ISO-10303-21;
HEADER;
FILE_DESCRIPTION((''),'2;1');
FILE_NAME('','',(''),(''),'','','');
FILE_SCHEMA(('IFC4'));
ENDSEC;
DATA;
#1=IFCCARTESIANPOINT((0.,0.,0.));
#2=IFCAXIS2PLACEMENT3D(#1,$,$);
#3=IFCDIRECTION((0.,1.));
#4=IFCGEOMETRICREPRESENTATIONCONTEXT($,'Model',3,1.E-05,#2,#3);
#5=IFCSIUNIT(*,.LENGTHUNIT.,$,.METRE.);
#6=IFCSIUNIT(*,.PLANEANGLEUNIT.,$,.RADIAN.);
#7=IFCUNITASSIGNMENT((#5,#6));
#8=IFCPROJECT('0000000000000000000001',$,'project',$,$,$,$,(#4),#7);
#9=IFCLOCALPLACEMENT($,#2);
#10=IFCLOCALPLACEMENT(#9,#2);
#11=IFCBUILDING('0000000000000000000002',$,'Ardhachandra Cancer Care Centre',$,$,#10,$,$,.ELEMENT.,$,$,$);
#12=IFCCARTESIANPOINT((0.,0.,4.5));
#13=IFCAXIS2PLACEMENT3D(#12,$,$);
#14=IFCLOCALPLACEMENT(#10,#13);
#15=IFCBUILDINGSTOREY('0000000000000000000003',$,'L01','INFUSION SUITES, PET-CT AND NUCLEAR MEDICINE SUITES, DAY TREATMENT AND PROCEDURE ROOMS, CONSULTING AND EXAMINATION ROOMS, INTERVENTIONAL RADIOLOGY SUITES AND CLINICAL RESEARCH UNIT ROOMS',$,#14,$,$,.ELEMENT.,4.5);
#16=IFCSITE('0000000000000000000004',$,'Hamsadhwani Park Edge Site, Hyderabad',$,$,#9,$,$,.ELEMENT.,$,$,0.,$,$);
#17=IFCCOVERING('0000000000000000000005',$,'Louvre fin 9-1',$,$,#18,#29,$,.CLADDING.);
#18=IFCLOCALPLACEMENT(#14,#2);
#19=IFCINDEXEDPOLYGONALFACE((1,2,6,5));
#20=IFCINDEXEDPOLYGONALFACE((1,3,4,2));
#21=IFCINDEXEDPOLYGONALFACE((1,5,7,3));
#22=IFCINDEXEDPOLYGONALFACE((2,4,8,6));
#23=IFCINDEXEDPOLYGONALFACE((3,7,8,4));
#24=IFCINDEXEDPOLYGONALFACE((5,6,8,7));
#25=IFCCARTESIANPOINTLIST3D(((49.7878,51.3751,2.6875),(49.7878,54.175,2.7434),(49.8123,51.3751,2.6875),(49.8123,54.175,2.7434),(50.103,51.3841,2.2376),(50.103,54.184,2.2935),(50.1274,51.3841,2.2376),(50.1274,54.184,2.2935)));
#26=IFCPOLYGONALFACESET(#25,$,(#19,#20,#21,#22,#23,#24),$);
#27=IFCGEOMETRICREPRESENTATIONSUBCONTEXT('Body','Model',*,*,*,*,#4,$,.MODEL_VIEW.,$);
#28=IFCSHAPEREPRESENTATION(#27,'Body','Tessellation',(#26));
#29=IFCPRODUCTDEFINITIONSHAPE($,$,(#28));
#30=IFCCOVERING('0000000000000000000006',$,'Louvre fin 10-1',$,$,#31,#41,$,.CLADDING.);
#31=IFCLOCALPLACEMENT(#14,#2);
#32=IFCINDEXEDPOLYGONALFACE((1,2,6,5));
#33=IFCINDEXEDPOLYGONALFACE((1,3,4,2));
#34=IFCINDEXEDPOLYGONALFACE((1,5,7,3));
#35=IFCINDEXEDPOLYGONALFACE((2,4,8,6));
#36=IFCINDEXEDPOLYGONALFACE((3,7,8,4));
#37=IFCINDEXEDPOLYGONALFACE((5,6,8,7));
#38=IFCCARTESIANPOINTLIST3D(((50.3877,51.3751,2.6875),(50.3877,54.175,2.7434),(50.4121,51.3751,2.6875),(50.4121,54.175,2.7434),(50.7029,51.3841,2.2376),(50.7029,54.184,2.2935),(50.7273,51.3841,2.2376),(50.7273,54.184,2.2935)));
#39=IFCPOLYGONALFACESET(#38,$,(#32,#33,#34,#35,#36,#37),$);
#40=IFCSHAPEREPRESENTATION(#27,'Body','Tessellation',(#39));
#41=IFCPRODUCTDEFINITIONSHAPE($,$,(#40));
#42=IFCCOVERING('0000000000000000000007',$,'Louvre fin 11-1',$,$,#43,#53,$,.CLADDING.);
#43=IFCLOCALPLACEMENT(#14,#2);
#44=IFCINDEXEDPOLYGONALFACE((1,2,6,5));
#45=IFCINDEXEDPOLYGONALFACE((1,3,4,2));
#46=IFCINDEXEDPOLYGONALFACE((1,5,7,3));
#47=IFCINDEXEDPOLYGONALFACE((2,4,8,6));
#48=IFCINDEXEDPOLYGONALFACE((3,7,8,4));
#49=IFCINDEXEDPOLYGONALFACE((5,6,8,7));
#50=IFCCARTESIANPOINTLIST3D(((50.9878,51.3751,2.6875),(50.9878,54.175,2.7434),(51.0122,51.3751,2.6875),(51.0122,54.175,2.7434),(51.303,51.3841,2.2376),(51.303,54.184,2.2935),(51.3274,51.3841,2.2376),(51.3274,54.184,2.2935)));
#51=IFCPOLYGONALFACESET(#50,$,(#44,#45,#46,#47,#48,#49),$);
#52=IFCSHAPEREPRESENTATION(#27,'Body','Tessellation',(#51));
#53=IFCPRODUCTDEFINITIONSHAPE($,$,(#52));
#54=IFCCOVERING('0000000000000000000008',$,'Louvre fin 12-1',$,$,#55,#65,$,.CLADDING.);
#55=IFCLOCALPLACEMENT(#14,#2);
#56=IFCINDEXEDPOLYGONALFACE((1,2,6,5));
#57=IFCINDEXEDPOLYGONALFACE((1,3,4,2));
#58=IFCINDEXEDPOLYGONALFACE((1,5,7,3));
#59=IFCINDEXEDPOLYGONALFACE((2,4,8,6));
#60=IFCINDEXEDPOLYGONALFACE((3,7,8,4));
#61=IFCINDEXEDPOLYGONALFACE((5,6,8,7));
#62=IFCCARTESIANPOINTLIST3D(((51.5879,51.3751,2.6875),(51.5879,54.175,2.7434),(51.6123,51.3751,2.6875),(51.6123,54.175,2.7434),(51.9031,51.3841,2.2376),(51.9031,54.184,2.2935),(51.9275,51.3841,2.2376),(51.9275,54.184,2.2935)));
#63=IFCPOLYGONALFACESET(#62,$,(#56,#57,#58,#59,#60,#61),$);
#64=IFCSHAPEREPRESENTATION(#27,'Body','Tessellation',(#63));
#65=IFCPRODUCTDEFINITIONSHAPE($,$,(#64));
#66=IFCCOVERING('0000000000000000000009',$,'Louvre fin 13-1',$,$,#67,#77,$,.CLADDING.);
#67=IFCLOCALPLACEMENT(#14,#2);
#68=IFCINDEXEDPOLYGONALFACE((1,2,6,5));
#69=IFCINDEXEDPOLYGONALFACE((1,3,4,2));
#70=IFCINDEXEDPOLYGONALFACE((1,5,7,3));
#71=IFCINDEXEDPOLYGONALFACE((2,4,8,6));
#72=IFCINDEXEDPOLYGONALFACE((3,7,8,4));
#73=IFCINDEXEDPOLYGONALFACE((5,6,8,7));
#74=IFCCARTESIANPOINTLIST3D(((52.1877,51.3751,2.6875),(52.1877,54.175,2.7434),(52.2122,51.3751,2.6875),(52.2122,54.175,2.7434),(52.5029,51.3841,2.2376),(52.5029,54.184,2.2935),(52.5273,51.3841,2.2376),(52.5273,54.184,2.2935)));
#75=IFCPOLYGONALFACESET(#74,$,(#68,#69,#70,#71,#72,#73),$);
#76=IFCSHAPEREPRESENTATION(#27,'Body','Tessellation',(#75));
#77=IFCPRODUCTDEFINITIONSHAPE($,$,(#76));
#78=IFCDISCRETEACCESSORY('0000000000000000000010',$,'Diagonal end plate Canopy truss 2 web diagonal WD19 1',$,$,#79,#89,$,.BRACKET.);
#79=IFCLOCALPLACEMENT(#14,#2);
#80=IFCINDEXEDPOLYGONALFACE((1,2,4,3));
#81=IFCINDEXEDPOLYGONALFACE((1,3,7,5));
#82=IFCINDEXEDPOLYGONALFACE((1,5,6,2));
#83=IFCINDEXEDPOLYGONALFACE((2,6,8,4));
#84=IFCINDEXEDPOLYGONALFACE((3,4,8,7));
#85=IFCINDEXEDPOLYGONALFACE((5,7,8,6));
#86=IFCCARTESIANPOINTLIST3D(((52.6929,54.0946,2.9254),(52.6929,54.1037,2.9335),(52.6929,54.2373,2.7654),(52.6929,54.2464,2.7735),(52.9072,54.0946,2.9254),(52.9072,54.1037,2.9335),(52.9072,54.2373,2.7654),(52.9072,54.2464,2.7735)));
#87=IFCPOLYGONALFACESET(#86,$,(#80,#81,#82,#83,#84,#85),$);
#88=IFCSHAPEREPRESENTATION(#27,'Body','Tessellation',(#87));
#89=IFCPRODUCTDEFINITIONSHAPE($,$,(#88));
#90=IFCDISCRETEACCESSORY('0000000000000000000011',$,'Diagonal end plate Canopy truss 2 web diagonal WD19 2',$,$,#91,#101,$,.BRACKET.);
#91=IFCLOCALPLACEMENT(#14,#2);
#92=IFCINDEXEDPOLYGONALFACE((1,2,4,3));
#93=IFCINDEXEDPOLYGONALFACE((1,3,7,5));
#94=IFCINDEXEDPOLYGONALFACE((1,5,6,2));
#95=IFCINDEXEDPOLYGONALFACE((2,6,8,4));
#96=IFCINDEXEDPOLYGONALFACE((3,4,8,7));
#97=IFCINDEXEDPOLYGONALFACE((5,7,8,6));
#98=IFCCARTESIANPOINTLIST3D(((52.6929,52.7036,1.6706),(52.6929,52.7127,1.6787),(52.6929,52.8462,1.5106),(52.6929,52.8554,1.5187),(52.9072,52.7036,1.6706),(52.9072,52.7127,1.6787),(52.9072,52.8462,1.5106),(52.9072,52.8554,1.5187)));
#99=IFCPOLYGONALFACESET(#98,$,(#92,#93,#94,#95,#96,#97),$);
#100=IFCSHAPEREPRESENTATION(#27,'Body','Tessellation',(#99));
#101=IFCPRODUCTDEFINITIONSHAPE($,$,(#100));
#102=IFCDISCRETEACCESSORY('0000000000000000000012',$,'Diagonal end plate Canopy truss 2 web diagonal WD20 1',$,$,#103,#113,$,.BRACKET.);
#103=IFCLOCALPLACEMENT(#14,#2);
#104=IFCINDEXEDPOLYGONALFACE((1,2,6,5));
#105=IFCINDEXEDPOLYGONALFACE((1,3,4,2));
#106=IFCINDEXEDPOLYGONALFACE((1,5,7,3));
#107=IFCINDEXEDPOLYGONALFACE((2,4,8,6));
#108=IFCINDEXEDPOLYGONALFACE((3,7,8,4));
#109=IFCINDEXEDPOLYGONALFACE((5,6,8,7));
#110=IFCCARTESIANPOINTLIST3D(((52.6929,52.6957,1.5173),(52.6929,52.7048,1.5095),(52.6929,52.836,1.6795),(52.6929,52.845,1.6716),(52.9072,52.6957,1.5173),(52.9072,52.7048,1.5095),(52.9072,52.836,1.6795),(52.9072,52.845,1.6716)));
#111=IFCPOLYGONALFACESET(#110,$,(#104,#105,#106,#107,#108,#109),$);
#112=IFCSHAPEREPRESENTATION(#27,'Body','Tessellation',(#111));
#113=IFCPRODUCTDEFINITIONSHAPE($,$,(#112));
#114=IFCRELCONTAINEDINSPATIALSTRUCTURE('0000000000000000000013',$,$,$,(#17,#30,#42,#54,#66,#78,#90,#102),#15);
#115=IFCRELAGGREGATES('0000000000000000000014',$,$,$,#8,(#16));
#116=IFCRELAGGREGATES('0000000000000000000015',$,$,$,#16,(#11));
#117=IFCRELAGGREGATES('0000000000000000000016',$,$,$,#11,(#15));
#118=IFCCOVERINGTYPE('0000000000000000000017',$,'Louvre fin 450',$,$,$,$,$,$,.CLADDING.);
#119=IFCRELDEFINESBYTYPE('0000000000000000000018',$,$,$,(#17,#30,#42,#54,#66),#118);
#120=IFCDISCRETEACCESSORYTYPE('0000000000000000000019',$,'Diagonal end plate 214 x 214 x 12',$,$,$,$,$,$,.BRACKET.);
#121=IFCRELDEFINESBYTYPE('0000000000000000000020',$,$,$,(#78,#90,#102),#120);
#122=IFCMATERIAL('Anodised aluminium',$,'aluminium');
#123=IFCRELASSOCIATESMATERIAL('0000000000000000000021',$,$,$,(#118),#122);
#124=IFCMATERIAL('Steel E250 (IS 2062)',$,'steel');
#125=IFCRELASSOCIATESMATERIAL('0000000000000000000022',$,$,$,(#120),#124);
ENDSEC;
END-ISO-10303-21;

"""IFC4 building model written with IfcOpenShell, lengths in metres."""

from ifc_helpers import new_model, si_unit, direction, frame, origin, origin_2d, place, context, subcontext, project, spatial, polyline, rectangle, outline, extrude, material, material_profile, profile_set, type_object, element, save


model = new_model("IFC4")

# Units and contexts
model_context = context("Model", 3, precision=1e-05, world=origin(), true_north=direction((0.0, 1.0)))
body_context = subcontext(model_context, "Body", "Model", "MODEL_VIEW")
ifc_project = project(units=[si_unit("LENGTHUNIT", "METRE"), si_unit("PLANEANGLEUNIT", "RADIAN")], contexts=[model_context])

# Site, building, storey
site_placement = place(None, origin())
site = spatial("IfcSite", under=ifc_project, at=site_placement, Name="Hamsadhwani Park Edge Site, Hyderabad", CompositionType="ELEMENT", RefElevation=0.0)
building_placement = place(site_placement, origin())
building = spatial("IfcBuilding", under=site, at=building_placement, Name="Ardhachandra Cancer Care Centre", CompositionType="ELEMENT")
storey_placement = place(building_placement, frame((0.0, 0.0, 4.5)))
storey = spatial("IfcBuildingStorey", under=building, at=storey_placement, Name="L01", Description="INFUSION SUITES, PET-CT AND NUCLEAR MEDICINE SUITES, DAY TREATMENT AND PROCEDURE ROOMS, CONSULTING AND EXAMINATION ROOMS, INTERVENTIONAL RADIOLOGY SUITES AND CLINICAL RESEARCH UNIT ROOMS", CompositionType="ELEMENT", Elevation=4.5)

# Coverings
ifc_material_1 = material(Name="Anodised aluminium", Category="aluminium")
ifc_material_profile_1 = material_profile(ifc_material_1, outline(polyline([(-0.0122, 0.0), (0.0122, 0.0), (0.3274, -0.45), (0.303, -0.45), (-0.0122, 0.0)])), Name="Louvre fin 450")
ifc_profile_set_1 = profile_set([ifc_material_profile_1], Name="Anodised aluminium")
covering_type = type_object("IfcCoveringType", Name="Louvre fin 450", PredefinedType="CLADDING", material=ifc_profile_set_1)
for number, where, z_axis, x_axis, name in (
    (1, (49.8, 54.175, 2.7434), (0.0, -0.999801, -0.019963), (1.0, 0.0, 0.0), "Louvre fin 9-1"),
    (2, (50.3999, 54.175, 2.7434), (0.0, -0.999801, -0.019963), (1.0, 0.0, 0.0), "Louvre fin 10-1"),
    (3, (51.0, 54.175, 2.7434), (0.0, -0.999801, -0.019963), (1.0, 0.0, 0.0), "Louvre fin 11-1"),
    (4, (51.6001, 54.175, 2.7434), (0.0, -0.999801, -0.019963), (1.0, 0.0, 0.0), "Louvre fin 12-1"),
    (5, (52.2, 54.175, 2.7434), (0.0, -0.999801, -0.019963), (1.0, 0.0, 0.0), "Louvre fin 13-1"),
):
    element("IfcCovering", number, at=place(storey_placement, frame(where, z_axis=z_axis, x_axis=x_axis)), inside=storey, type_object=covering_type, Name=name, PredefinedType="CLADDING", context=body_context, shape_type="SweptSolid", body=[
        extrude(outline(polyline([(-0.0122, 0.0), (0.0122, 0.0), (0.3274, -0.45), (0.303, -0.45), (-0.0122, 0.0)])), origin(), (0.0, 0.0, 1.0), 2.8005),
    ])

# Discrete accessories
ifc_material_2 = material(Name="Steel E250 (IS 2062)", Category="steel")
ifc_material_profile_2 = material_profile(ifc_material_2, rectangle(XDim=0.2144, YDim=0.2144, at=origin_2d()), Name="PL 214x214x12")
ifc_profile_set_2 = profile_set([ifc_material_profile_2], Name="Steel E250 (IS 2062)")
discrete_accessory_type = type_object("IfcDiscreteAccessoryType", Name="Diagonal end plate 214 x 214 x 12", PredefinedType="BRACKET", material=ifc_profile_set_2)
for number, where, z_axis, x_axis, name in (
    (6, (52.8, 54.175, 2.8535), (0.0, -0.746295, -0.665615), (1.0, 0.0, 0.0), "Diagonal end plate Canopy truss 2 web diagonal WD19 1"),
    (7, (52.8, 52.7749, 1.5906), (0.0, 0.746295, 0.665615), (-1.0, 0.0, 0.0), "Diagonal end plate Canopy truss 2 web diagonal WD19 2"),
):
    element("IfcDiscreteAccessory", number, at=place(storey_placement, frame(where, z_axis=z_axis, x_axis=x_axis)), inside=storey, type_object=discrete_accessory_type, Name=name, PredefinedType="BRACKET", context=body_context, shape_type="SweptSolid", body=[
        extrude(rectangle(XDim=0.2144, YDim=0.2144, at=origin_2d()), origin(), (0.0, 0.0, 1.0), 0.0122),
    ])
discrete_accessory_placement = place(storey_placement, frame((52.8, 52.7749, 1.5906), z_axis=(0.0, -0.756363, 0.654152), x_axis=(1.0, 0.0, 0.0)))
element("IfcDiscreteAccessory", 8, at=discrete_accessory_placement, inside=storey, type_object=discrete_accessory_type, Name="Diagonal end plate Canopy truss 2 web diagonal WD20 1", PredefinedType="BRACKET", context=body_context, shape_type="SweptSolid", body=[
    extrude(rectangle(XDim=0.2144, YDim=0.2144, at=origin_2d()), origin(), (0.0, 0.0, 1.0), 0.012),
])

save(model, "model.ifc")
